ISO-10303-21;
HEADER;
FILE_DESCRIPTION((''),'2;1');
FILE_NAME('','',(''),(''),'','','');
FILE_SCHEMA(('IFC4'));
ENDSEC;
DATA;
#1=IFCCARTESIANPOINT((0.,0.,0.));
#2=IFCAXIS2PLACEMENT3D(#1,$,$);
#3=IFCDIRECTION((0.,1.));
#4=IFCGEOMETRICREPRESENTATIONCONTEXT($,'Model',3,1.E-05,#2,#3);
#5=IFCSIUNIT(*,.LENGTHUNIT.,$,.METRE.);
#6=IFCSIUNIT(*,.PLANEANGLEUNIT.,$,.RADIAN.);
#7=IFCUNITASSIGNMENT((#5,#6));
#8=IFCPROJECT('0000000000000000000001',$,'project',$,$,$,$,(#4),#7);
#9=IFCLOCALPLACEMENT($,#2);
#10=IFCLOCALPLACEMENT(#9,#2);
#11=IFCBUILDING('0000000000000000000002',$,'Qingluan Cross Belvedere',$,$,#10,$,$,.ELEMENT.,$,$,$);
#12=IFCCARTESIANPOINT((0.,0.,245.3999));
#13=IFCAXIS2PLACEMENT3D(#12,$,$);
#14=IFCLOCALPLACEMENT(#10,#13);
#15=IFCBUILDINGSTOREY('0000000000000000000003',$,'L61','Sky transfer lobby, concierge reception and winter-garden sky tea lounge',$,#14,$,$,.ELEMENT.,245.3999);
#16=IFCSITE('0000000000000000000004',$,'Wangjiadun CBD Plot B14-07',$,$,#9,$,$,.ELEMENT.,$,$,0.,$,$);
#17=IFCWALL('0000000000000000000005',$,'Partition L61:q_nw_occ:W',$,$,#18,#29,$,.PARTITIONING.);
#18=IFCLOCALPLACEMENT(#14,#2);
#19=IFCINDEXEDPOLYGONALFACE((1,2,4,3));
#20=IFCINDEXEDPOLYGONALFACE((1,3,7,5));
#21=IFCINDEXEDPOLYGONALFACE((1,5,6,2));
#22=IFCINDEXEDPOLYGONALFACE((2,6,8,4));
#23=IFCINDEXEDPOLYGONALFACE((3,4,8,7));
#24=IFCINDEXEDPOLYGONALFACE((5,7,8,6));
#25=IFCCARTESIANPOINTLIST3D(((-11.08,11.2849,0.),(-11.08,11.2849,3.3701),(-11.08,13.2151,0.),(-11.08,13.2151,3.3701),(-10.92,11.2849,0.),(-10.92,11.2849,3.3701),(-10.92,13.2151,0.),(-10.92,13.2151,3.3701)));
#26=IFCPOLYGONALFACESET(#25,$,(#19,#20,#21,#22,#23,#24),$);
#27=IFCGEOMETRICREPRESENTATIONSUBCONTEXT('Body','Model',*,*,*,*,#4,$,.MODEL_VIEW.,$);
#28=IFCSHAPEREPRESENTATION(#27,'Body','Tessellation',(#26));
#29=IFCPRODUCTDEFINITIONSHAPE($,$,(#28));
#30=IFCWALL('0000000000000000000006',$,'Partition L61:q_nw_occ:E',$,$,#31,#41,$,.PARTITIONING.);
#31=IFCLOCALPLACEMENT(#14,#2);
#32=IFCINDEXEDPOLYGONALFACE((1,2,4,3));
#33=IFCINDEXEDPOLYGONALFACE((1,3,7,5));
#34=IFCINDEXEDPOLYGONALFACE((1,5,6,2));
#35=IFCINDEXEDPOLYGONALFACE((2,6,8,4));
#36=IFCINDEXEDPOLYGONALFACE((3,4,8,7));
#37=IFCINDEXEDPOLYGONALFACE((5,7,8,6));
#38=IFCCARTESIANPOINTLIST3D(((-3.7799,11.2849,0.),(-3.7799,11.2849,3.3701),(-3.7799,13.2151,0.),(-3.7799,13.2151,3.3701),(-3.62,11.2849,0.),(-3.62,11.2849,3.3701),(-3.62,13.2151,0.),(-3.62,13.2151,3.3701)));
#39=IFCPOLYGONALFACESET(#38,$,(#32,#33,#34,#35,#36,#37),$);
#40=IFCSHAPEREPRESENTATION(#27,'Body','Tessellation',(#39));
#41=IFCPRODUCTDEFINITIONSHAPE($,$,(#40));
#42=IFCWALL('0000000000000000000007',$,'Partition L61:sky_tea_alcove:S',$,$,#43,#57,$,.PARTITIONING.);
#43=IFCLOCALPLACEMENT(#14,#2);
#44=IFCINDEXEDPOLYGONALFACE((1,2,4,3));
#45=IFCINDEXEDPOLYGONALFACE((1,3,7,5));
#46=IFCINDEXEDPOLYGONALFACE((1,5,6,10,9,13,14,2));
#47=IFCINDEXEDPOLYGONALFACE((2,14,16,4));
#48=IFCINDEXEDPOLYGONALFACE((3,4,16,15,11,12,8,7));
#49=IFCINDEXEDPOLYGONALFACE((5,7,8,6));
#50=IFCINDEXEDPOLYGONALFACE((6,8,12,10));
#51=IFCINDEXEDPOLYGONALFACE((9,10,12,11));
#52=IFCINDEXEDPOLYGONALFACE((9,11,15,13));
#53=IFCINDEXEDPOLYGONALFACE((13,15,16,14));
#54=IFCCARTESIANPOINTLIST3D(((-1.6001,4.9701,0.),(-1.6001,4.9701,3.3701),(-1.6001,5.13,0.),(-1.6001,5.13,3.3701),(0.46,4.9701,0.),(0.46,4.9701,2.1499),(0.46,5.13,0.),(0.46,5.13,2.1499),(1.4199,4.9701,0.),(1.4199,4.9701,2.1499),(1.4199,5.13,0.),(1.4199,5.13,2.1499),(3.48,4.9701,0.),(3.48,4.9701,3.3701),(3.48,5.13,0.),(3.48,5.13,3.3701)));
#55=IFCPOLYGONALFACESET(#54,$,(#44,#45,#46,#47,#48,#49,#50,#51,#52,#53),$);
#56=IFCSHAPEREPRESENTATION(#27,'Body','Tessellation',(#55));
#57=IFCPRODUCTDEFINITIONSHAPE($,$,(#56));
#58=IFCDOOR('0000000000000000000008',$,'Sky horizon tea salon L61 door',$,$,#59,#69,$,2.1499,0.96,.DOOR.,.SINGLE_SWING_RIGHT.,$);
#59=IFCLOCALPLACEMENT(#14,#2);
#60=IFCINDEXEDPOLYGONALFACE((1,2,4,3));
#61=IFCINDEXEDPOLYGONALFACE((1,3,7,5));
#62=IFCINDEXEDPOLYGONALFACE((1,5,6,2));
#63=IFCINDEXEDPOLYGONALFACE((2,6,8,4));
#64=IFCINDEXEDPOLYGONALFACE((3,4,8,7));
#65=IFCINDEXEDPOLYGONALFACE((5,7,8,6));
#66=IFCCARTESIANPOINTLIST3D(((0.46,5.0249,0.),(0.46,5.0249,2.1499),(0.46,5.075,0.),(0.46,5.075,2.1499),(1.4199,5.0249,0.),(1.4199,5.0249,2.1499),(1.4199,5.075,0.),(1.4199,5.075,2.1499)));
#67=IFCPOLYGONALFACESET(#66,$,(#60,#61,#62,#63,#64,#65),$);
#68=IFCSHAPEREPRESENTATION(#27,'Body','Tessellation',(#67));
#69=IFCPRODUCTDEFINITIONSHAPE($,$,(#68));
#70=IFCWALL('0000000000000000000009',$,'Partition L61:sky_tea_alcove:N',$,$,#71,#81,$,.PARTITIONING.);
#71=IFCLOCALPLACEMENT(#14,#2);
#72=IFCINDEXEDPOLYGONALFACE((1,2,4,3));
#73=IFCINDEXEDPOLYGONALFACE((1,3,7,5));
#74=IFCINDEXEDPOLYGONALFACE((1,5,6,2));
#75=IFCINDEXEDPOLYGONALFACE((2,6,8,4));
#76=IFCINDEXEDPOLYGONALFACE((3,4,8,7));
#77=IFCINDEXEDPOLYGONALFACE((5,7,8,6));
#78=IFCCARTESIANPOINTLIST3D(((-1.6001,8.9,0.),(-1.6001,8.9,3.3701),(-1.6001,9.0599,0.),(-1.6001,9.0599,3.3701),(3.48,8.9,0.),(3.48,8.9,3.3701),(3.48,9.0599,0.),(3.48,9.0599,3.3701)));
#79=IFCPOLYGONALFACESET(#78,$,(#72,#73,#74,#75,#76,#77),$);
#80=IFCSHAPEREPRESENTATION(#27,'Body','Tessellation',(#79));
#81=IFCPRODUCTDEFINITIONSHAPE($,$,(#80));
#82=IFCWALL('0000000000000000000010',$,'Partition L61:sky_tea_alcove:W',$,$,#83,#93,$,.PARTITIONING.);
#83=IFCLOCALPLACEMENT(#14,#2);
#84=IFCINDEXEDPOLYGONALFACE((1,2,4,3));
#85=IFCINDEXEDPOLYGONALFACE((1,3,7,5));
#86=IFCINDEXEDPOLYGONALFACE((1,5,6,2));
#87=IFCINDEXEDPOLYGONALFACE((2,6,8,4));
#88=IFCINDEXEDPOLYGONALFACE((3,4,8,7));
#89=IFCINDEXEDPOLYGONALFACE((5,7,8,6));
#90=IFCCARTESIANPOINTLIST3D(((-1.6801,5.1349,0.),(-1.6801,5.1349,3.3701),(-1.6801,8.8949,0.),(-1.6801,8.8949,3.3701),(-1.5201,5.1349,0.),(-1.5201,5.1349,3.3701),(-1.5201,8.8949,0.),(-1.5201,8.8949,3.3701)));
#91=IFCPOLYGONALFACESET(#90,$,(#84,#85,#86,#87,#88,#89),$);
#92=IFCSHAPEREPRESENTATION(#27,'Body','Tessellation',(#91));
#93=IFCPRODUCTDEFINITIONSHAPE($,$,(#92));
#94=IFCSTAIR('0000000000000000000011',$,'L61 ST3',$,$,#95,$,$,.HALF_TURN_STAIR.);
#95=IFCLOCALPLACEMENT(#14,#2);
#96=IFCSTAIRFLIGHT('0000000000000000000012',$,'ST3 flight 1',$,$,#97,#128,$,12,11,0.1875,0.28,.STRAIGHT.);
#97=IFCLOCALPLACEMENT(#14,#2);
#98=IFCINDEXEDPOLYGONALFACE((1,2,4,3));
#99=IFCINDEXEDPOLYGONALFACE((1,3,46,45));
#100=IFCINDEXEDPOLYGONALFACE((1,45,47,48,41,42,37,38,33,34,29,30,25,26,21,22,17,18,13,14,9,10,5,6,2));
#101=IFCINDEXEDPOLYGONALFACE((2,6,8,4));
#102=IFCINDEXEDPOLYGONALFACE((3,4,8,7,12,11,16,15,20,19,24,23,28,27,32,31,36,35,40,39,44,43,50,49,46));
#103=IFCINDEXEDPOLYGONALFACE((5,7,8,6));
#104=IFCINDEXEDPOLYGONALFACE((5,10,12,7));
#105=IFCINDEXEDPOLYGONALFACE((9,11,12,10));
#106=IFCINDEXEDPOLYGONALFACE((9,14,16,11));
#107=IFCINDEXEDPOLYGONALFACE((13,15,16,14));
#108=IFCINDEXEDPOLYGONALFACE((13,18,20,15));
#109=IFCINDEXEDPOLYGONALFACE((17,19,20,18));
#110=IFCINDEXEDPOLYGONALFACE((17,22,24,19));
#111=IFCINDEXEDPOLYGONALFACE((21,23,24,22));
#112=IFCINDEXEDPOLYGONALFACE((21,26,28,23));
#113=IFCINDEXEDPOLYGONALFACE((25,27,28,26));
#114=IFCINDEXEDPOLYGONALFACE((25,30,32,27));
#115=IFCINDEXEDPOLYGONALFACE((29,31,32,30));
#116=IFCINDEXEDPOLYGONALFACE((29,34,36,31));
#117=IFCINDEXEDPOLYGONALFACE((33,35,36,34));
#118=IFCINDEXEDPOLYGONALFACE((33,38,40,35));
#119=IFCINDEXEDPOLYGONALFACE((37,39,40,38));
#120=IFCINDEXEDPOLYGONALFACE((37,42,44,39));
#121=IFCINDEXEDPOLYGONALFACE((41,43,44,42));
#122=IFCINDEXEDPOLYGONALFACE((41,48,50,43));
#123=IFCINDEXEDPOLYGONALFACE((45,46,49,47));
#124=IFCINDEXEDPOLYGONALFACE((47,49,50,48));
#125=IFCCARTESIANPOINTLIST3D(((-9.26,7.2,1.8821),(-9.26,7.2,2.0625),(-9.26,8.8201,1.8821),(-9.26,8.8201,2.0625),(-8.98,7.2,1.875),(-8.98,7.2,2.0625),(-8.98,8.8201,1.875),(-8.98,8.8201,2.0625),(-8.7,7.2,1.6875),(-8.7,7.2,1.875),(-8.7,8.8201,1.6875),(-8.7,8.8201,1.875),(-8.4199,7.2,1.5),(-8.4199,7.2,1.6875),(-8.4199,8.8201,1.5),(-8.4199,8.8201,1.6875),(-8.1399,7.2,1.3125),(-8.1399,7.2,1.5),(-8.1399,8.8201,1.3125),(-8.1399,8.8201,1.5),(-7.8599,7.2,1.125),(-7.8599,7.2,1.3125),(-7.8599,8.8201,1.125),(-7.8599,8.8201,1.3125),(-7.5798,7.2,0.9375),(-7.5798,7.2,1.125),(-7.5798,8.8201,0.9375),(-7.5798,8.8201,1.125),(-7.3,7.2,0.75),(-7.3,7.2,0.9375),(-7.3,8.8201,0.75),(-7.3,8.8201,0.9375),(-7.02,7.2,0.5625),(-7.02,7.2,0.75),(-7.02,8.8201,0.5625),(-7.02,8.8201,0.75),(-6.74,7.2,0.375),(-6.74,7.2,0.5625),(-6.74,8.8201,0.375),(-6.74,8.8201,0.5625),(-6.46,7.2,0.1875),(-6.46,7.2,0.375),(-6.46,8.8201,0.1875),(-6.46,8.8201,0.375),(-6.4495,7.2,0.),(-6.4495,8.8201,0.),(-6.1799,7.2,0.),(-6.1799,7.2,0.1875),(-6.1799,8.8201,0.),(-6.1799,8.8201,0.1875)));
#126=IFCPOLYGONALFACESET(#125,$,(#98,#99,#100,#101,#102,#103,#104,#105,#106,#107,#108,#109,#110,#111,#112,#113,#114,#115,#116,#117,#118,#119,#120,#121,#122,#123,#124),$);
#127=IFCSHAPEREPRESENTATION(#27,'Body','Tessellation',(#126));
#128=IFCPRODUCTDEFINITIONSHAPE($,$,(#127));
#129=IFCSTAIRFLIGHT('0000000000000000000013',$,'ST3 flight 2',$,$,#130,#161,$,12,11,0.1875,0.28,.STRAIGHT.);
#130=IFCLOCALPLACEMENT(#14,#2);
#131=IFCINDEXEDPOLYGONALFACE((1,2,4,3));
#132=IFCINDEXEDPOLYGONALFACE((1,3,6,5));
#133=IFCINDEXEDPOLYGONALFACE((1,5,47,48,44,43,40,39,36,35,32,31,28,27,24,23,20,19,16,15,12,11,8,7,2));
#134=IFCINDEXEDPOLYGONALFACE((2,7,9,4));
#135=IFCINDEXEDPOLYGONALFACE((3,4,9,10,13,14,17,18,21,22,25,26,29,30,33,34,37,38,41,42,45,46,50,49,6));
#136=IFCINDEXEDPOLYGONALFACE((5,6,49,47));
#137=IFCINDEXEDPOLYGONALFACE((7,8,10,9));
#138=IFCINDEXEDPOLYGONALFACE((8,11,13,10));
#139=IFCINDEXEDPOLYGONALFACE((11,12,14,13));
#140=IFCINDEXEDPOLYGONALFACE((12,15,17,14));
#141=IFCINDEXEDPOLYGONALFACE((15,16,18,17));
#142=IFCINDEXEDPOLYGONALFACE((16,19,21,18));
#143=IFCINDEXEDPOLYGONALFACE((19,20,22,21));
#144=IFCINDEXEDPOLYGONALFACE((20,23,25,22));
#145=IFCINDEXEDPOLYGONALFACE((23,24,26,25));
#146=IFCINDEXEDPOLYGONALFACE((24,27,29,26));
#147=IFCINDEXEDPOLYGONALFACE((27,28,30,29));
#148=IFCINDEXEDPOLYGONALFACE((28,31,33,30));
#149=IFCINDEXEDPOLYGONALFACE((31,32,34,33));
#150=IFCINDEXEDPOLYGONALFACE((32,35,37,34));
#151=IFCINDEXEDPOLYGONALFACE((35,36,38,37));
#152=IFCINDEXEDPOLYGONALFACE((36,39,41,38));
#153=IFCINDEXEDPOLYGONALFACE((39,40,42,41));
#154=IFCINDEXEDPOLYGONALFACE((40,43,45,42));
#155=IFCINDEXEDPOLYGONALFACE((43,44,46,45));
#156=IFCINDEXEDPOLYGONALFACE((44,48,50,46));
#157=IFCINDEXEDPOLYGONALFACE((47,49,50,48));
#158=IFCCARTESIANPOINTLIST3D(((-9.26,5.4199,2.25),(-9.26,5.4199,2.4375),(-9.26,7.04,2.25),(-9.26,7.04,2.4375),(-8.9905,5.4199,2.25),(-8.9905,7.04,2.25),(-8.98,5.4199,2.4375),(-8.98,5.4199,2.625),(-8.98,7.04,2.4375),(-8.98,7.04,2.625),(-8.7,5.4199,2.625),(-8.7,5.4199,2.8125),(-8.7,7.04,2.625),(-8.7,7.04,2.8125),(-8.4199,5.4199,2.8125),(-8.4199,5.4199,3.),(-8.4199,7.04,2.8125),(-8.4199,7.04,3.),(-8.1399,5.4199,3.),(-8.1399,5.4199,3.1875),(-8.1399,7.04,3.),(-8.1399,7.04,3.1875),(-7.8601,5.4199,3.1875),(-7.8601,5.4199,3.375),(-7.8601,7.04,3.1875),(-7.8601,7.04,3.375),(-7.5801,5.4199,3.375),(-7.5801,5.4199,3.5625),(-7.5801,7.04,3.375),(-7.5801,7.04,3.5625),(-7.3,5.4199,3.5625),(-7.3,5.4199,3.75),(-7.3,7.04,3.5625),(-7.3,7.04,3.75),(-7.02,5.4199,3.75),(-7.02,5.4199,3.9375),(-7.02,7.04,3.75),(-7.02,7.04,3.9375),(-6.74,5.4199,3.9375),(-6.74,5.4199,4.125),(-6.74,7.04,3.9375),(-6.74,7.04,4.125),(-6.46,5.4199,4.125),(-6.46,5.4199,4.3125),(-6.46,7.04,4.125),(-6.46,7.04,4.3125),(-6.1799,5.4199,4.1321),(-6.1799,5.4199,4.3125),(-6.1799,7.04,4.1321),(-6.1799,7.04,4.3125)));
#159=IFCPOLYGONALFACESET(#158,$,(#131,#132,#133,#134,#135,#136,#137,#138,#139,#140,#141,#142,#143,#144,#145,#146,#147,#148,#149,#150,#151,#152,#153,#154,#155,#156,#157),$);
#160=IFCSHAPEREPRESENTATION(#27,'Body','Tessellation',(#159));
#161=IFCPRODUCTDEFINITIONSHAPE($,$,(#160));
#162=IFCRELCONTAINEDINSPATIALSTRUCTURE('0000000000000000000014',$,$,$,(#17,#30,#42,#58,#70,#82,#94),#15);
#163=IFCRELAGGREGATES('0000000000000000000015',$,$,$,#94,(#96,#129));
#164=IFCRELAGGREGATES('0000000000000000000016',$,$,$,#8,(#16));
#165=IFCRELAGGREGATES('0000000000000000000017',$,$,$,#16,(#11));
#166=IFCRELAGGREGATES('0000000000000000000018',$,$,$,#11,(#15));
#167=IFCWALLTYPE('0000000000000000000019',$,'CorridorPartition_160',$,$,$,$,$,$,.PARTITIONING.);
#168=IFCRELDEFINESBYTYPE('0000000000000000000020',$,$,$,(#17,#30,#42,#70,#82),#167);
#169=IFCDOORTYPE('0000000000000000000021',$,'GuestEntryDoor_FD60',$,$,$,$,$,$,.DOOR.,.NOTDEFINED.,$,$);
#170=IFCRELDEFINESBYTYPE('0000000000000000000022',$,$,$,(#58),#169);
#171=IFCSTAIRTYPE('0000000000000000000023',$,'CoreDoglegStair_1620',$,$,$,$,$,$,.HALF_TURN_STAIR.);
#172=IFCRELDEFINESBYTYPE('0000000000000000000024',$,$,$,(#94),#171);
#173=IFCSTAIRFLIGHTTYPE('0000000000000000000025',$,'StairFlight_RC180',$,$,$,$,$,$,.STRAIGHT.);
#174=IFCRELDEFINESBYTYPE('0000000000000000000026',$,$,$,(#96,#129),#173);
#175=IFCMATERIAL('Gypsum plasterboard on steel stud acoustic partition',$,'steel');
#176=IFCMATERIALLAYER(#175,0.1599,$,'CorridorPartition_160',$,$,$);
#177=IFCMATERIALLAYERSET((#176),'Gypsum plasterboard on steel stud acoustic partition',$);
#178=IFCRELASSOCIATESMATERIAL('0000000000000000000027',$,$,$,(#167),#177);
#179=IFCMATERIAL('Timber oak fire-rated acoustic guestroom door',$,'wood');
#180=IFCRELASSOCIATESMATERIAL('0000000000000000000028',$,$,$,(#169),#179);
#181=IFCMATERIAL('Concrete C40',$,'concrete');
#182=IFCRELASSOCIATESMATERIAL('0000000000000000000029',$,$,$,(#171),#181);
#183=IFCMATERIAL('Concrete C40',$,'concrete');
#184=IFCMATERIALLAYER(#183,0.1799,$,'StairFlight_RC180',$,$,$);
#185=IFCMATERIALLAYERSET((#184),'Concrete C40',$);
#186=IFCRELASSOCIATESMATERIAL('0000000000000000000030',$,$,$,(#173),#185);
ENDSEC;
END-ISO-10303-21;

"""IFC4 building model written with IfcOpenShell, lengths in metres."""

from ifc_helpers import new_model, si_unit, direction, frame, frame_2d, origin, place, context, subcontext, project, spatial, polyline, rectangle, outline, extrude, material, layer, layer_set, type_object, element, fill, aggregate, save


model = new_model("IFC4")

# Units and contexts
model_context = context("Model", 3, precision=1e-05, world=origin(), true_north=direction((0.0, 1.0)))
body_context = subcontext(model_context, "Body", "Model", "MODEL_VIEW")
ifc_project = project(units=[si_unit("LENGTHUNIT", "METRE"), si_unit("PLANEANGLEUNIT", "RADIAN")], contexts=[model_context])

# Site, building, storey
site_placement = place(None, origin())
site = spatial("IfcSite", under=ifc_project, at=site_placement, Name="Wangjiadun CBD Plot B14-07", CompositionType="ELEMENT", RefElevation=0.0)
building_placement = place(site_placement, origin())
building = spatial("IfcBuilding", under=site, at=building_placement, Name="Qingluan Cross Belvedere", CompositionType="ELEMENT")
storey_placement = place(building_placement, frame((0.0, 0.0, 245.3999)))
storey = spatial("IfcBuildingStorey", under=building, at=storey_placement, Name="L61", Description="Sky transfer lobby, concierge reception and winter-garden sky tea lounge", CompositionType="ELEMENT", Elevation=245.3999)

# Walls
ifc_material_1 = material(Name="Gypsum plasterboard on steel stud acoustic partition", Category="steel")
ifc_layer_1 = layer(ifc_material_1, 0.1599, Name="CorridorPartition_160")
ifc_layer_set_1 = layer_set([ifc_layer_1], Name="Gypsum plasterboard on steel stud acoustic partition")
wall_type_1 = type_object("IfcWallType", Name="CorridorPartition_160", PredefinedType="PARTITIONING", material=ifc_layer_set_1)
for number, where, z_axis, x_axis, name in (
    (1, (-11.0, 11.2849, 0.0), (0.0, 0.0, 1.0), (0.0, 1.0, 0.0), "Partition L61:q_nw_occ:W"),
    (2, (-3.7, 11.2849, 0.0), (0.0, 0.0, 1.0), (0.0, 1.0, 0.0), "Partition L61:q_nw_occ:E"),
):
    element("IfcWall", number, at=place(storey_placement, frame(where, z_axis=z_axis, x_axis=x_axis)), inside=storey, type_object=wall_type_1, Name=name, PredefinedType="PARTITIONING", context=body_context, shape_type="SweptSolid", body=[
        extrude(rectangle(XDim=1.9302, YDim=0.1599, at=frame_2d((0.9651, 0.0))), origin(), (0.0, 0.0, 1.0), 3.3701),
    ])

# Wall, opening, door
wall_1_placement = place(storey_placement, frame((-1.6001, 5.05, 0.0), z_axis=(0.0, 0.0, 1.0), x_axis=(1.0, 0.0, 0.0)))
wall_1 = element("IfcWall", 3, at=wall_1_placement, inside=storey, type_object=wall_type_1, Name="Partition L61:sky_tea_alcove:S", PredefinedType="PARTITIONING", context=body_context, shape_type="SweptSolid", body=[
    extrude(rectangle(XDim=5.0801, YDim=0.1599, at=frame_2d((2.54, 0.0))), origin(), (0.0, 0.0, 1.0), 3.3701),
])
opening_1_placement = place(wall_1_placement, frame((2.0601, 0.0, 0.0)))
opening_1 = element("IfcOpeningElement", 4, at=opening_1_placement, cuts=wall_1, PredefinedType="OPENING", context=body_context, shape_type="SweptSolid", body=[
    extrude(rectangle(XDim=0.96, YDim=2.1499, at=frame_2d((0.48, 1.075))), frame((0.0, 0.0898, 0.0), z_axis=(0.0, -1.0, 0.0), x_axis=(1.0, 0.0, 0.0)), (0.0, 0.0, 1.0), 0.1799),
])
ifc_material_2 = material(Name="Timber oak fire-rated acoustic guestroom door", Category="wood")
door_type_1 = type_object("IfcDoorType", Name="GuestEntryDoor_FD60", OperationType="NOTDEFINED", PredefinedType="DOOR", material=ifc_material_2)
door_1_placement = place(opening_1_placement, origin())
door_1 = element("IfcDoor", 5, at=door_1_placement, inside=storey, type_object=door_type_1, Name="Sky horizon tea salon L61 door", OperationType="SINGLE_SWING_RIGHT", OverallHeight=2.1499, OverallWidth=0.96, PredefinedType="DOOR", context=body_context, shape_type="SweptSolid", body=[
    extrude(rectangle(XDim=0.96, YDim=2.1499, at=frame_2d((0.48, 1.075))), frame((0.0, 0.0249, 0.0), z_axis=(0.0, -1.0, 0.0), x_axis=(1.0, 0.0, 0.0)), (0.0, 0.0, 1.0), 0.05),
])
fill(opening_1, door_1)

# Walls
wall_2_placement = place(storey_placement, frame((-1.6001, 8.98, 0.0), z_axis=(0.0, 0.0, 1.0), x_axis=(1.0, 0.0, 0.0)))
element("IfcWall", 6, at=wall_2_placement, inside=storey, type_object=wall_type_1, Name="Partition L61:sky_tea_alcove:N", PredefinedType="PARTITIONING", context=body_context, shape_type="SweptSolid", body=[
    extrude(rectangle(XDim=5.0801, YDim=0.1599, at=frame_2d((2.54, 0.0))), origin(), (0.0, 0.0, 1.0), 3.3701),
])
wall_3_placement = place(storey_placement, frame((-1.6001, 5.135, 0.0), z_axis=(0.0, 0.0, 1.0), x_axis=(0.0, 1.0, 0.0)))
element("IfcWall", 7, at=wall_3_placement, inside=storey, type_object=wall_type_1, Name="Partition L61:sky_tea_alcove:W", PredefinedType="PARTITIONING", context=body_context, shape_type="SweptSolid", body=[
    extrude(rectangle(XDim=3.76, YDim=0.1599, at=frame_2d((1.8799, 0.0))), origin(), (0.0, 0.0, 1.0), 3.3701),
])

# Stair, stair flights
ifc_material_3 = material(Name="Concrete C40", Category="concrete")
stair_type = type_object("IfcStairType", Name="CoreDoglegStair_1620", PredefinedType="HALF_TURN_STAIR", material=ifc_material_3)
stair_placement = place(storey_placement, origin())
stair = element("IfcStair", 8, at=stair_placement, inside=storey, type_object=stair_type, Name="L61 ST3", PredefinedType="HALF_TURN_STAIR")
ifc_material_4 = material(Name="Concrete C40", Category="concrete")
ifc_layer_2 = layer(ifc_material_4, 0.1799, Name="StairFlight_RC180")
ifc_layer_set_2 = layer_set([ifc_layer_2], Name="Concrete C40")
stair_flight_type = type_object("IfcStairFlightType", Name="StairFlight_RC180", PredefinedType="STRAIGHT", material=ifc_layer_set_2)
stair_flight_1_placement = place(storey_placement, frame((-6.1799, 8.01, 0.0), z_axis=(0.0, 0.0, 1.0), x_axis=(-1.0, 0.0, 0.0)))
stair_flight_1 = element("IfcStairFlight", 9, at=stair_flight_1_placement, type_object=stair_flight_type, Name="ST3 flight 1", NumberOfRisers=12, NumberOfTreads=11, PredefinedType="STRAIGHT", RiserHeight=0.1875, TreadLength=0.28, context=body_context, shape_type="SweptSolid", body=[
    extrude(outline(polyline([(0.0, 0.0), (0.0, 0.1875), (0.28, 0.1875), (0.28, 0.375), (0.5601, 0.375), (0.5601, 0.5625), (0.8401, 0.5625), (0.8401, 0.75), (1.1201, 0.75), (1.1201, 0.9375), (1.3999, 0.9375), (1.3999, 1.125), (1.6799, 1.125), (1.6799, 1.3125), (1.96, 1.3125), (1.96, 1.5), (2.24, 1.5), (2.24, 1.6875), (2.52, 1.6875), (2.52, 1.875), (2.8, 1.875), (2.8, 2.0625), (3.0801, 2.0625), (3.0801, 2.25), (3.0801, 1.8821), (0.2695, 0.0), (0.0, 0.0)])), frame((0.0, 0.8101, 0.0), z_axis=(0.0, -1.0, 0.0), x_axis=(1.0, 0.0, 0.0)), (0.0, 0.0, 1.0), 1.6201),
])
stair_flight_2_placement = place(storey_placement, frame((-9.26, 6.23, 2.25), z_axis=(0.0, 0.0, 1.0), x_axis=(1.0, 0.0, 0.0)))
stair_flight_2 = element("IfcStairFlight", 10, at=stair_flight_2_placement, type_object=stair_flight_type, Name="ST3 flight 2", NumberOfRisers=12, NumberOfTreads=11, PredefinedType="STRAIGHT", RiserHeight=0.1875, TreadLength=0.28, context=body_context, shape_type="SweptSolid", body=[
    extrude(outline(polyline([(0.0, 0.0), (0.0, 0.1875), (0.28, 0.1875), (0.28, 0.375), (0.5601, 0.375), (0.5601, 0.5625), (0.8401, 0.5625), (0.8401, 0.75), (1.1201, 0.75), (1.1201, 0.9375), (1.3999, 0.9375), (1.3999, 1.125), (1.6799, 1.125), (1.6799, 1.3125), (1.96, 1.3125), (1.96, 1.5), (2.24, 1.5), (2.24, 1.6875), (2.52, 1.6875), (2.52, 1.875), (2.8, 1.875), (2.8, 2.0625), (3.0801, 2.0625), (3.0801, 2.25), (3.0801, 1.8821), (0.2695, 0.0), (0.0, 0.0)])), frame((0.0, 0.8101, 0.0), z_axis=(0.0, -1.0, 0.0), x_axis=(1.0, 0.0, 0.0)), (0.0, 0.0, 1.0), 1.6201),
])
aggregate(stair, [stair_flight_1, stair_flight_2])

save(model, "model.ifc")
